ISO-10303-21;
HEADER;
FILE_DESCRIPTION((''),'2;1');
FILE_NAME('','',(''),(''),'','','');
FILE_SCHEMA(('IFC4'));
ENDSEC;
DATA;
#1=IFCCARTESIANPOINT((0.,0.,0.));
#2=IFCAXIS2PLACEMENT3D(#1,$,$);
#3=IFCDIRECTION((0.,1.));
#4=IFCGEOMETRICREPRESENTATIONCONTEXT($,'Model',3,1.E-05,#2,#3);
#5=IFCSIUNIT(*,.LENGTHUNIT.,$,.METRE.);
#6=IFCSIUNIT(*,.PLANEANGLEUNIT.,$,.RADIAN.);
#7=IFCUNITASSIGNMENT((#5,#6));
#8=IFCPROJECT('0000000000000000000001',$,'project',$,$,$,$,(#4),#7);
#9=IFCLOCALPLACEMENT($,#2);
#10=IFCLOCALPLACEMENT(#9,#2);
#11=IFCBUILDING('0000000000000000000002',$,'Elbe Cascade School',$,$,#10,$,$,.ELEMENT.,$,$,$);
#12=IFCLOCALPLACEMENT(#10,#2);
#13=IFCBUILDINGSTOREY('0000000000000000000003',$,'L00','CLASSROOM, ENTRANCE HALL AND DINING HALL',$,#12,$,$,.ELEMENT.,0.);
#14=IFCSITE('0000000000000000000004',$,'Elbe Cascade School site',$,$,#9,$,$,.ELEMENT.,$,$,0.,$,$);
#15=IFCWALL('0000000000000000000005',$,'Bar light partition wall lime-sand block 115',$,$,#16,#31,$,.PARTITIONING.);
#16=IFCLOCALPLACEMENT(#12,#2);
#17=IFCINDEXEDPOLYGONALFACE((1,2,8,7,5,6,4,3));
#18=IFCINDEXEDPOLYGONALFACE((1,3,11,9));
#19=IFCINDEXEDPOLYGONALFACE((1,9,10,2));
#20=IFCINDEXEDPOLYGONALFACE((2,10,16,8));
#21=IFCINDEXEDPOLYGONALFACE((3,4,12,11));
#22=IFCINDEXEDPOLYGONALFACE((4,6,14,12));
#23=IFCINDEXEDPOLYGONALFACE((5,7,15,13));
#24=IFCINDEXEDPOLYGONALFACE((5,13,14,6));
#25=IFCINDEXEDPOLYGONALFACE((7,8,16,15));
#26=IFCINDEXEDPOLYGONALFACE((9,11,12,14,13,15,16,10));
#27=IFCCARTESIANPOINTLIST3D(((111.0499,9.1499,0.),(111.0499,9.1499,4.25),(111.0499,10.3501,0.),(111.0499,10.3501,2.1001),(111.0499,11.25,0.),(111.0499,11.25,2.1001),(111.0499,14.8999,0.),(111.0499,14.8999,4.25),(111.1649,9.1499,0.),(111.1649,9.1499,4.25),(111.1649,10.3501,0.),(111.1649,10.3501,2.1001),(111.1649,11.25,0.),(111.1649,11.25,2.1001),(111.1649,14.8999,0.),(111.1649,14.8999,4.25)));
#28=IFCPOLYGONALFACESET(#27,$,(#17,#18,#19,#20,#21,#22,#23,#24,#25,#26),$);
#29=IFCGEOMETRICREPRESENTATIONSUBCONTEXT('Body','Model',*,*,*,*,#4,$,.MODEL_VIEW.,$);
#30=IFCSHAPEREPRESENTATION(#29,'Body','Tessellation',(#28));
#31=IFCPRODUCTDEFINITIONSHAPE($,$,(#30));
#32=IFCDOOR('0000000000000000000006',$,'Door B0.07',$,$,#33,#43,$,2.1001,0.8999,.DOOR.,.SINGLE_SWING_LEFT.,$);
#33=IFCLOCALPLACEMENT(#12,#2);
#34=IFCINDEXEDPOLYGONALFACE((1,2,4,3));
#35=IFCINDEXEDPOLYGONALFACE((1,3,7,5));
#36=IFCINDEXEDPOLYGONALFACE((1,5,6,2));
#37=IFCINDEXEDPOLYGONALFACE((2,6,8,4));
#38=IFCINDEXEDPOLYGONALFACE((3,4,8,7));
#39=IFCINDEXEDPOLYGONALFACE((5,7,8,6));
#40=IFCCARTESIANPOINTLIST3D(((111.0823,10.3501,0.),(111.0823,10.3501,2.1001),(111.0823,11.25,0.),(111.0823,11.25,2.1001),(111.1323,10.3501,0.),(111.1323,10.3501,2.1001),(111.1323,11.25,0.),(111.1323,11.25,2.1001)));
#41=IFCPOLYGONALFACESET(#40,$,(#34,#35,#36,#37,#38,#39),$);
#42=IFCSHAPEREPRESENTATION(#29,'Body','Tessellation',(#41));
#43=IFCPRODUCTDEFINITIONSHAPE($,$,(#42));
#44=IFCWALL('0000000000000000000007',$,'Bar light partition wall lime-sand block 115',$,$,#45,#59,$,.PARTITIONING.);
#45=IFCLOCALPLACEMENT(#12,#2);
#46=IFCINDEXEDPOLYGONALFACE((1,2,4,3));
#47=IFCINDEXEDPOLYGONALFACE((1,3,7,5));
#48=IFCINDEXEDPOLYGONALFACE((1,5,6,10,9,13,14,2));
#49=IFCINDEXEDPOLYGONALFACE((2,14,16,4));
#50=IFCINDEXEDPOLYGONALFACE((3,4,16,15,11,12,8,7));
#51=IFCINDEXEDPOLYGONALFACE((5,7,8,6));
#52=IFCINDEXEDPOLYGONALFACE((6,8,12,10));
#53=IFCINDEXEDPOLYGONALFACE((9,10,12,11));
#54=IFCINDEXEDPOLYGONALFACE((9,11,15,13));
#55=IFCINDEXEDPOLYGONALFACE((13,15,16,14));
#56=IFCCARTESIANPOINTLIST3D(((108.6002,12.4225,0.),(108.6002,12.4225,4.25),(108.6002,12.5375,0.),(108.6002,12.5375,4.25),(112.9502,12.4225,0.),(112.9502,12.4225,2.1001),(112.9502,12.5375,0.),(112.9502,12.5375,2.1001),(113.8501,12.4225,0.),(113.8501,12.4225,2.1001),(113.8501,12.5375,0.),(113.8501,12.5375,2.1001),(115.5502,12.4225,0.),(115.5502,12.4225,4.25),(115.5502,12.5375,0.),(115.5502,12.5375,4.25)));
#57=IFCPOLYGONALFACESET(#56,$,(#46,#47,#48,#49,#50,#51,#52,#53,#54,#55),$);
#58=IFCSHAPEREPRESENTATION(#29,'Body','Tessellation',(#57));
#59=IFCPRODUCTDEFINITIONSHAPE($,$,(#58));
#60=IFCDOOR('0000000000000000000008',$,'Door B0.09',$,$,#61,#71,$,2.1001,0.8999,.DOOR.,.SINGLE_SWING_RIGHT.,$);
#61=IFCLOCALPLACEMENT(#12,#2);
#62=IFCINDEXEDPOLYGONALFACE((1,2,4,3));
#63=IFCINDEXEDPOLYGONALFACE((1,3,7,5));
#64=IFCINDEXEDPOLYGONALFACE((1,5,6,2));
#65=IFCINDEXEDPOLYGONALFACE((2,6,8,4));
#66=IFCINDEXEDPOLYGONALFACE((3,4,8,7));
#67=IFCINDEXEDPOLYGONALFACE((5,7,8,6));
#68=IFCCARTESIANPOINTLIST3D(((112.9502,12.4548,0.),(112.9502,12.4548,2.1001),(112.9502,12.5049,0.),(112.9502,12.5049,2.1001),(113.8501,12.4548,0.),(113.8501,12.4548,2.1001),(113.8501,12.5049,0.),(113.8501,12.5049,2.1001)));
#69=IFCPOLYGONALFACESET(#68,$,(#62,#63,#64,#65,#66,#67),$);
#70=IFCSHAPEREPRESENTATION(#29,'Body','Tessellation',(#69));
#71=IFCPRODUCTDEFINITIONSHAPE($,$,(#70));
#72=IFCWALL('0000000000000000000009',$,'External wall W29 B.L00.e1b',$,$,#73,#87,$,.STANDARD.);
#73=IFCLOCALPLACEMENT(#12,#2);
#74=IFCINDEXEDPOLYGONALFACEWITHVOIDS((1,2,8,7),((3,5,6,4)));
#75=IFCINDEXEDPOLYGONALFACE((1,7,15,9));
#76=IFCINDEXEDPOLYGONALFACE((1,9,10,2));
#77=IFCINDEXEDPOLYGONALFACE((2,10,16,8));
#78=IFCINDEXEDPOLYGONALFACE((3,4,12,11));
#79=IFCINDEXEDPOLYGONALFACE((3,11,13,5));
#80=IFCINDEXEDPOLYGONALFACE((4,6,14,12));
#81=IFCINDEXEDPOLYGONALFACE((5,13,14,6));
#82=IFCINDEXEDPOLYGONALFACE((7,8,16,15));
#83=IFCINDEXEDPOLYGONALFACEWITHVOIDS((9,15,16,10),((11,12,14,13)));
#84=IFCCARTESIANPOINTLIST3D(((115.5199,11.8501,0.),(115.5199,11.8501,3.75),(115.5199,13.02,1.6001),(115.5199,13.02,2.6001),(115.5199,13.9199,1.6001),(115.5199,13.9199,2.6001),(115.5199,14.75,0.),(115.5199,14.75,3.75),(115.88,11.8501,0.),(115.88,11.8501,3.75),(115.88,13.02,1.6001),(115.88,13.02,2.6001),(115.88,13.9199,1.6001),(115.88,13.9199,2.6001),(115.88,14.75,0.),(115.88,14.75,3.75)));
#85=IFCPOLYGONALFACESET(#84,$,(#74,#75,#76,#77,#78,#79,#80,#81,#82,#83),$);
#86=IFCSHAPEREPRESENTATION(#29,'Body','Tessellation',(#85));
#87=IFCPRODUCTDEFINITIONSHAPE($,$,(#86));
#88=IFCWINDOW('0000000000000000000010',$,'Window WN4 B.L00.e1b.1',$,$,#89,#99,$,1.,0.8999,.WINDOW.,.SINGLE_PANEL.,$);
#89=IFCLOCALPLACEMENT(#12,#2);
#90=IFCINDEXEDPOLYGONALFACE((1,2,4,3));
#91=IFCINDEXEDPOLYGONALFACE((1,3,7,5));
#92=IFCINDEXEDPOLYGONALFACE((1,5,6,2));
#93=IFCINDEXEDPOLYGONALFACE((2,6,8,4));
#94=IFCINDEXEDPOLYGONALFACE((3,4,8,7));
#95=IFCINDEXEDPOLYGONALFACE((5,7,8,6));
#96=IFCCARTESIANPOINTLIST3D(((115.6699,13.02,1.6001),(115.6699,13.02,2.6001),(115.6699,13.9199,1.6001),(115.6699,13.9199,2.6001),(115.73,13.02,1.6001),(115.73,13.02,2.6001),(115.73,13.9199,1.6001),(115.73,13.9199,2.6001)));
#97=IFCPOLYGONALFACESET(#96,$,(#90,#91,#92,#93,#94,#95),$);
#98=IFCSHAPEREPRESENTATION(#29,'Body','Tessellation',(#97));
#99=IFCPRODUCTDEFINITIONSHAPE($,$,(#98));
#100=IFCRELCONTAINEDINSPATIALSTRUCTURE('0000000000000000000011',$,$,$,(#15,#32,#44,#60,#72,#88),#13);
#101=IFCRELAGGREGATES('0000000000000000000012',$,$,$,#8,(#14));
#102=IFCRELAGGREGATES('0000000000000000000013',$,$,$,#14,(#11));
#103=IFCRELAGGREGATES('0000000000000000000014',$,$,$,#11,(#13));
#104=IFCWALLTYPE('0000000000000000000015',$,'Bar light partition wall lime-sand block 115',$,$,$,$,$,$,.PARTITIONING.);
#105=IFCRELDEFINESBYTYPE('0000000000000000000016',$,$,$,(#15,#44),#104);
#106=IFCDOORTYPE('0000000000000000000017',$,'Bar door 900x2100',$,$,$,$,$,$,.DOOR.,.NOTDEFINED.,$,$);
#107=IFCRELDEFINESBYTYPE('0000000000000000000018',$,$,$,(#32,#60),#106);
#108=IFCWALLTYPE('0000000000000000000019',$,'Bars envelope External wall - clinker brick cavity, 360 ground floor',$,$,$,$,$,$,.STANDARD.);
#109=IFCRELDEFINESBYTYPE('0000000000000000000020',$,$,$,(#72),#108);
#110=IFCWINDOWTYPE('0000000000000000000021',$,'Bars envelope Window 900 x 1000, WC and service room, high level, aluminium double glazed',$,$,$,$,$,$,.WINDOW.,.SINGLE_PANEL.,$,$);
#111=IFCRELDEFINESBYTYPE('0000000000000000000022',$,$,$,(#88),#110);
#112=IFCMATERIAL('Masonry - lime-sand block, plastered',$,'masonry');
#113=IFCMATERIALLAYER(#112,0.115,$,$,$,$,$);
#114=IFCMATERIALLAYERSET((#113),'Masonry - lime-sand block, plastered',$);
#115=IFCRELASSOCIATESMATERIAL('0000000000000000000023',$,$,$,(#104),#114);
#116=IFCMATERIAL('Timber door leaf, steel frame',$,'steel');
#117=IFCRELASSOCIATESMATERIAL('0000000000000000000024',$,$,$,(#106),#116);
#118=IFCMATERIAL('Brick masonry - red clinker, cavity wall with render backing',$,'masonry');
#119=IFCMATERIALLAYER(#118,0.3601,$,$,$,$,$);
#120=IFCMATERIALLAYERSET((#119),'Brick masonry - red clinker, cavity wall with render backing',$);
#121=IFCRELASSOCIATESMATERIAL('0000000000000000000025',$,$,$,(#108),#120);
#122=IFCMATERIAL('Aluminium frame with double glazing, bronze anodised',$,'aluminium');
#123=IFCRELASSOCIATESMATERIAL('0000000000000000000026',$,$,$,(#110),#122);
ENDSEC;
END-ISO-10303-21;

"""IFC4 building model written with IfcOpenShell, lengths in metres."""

from ifc_helpers import new_model, si_unit, direction, frame, frame_2d, origin, place, context, subcontext, project, spatial, rectangle, extrude, material, layer, layer_set, type_object, element, fill, save


model = new_model("IFC4")

# Units and contexts
model_context = context("Model", 3, precision=1e-05, world=origin(), true_north=direction((0.0, 1.0)))
body_context = subcontext(model_context, "Body", "Model", "MODEL_VIEW")
ifc_project = project(units=[si_unit("LENGTHUNIT", "METRE"), si_unit("PLANEANGLEUNIT", "RADIAN")], contexts=[model_context])

# Site, building, storey
site_placement = place(None, origin())
site = spatial("IfcSite", under=ifc_project, at=site_placement, Name="Elbe Cascade School site", CompositionType="ELEMENT", RefElevation=0.0)
building_placement = place(site_placement, origin())
building = spatial("IfcBuilding", under=site, at=building_placement, Name="Elbe Cascade School", CompositionType="ELEMENT")
storey_placement = place(building_placement, origin())
storey = spatial("IfcBuildingStorey", under=building, at=storey_placement, Name="L00", Description="CLASSROOM, ENTRANCE HALL AND DINING HALL", CompositionType="ELEMENT", Elevation=0.0)

# Walls, openings, doors
ifc_material_1 = material(Name="Masonry - lime-sand block, plastered", Category="masonry")
ifc_layer_1 = layer(ifc_material_1, 0.115)
ifc_layer_set_1 = layer_set([ifc_layer_1], Name="Masonry - lime-sand block, plastered")
wall_type_1 = type_object("IfcWallType", Name="Bar light partition wall lime-sand block 115", PredefinedType="PARTITIONING", material=ifc_layer_set_1)
wall_1_placement = place(storey_placement, frame((111.1074, 14.8999, 0.0), z_axis=(0.0, 0.0, 1.0), x_axis=(0.0, -1.0, 0.0)))
wall_1 = element("IfcWall", 1, at=wall_1_placement, inside=storey, type_object=wall_type_1, Name="Bar light partition wall lime-sand block 115", PredefinedType="PARTITIONING", context=body_context, shape_type="SweptSolid", body=[
    extrude(rectangle(XDim=5.75, YDim=0.115, at=frame_2d((2.875, 0.0))), origin(), (0.0, 0.0, 1.0), 4.25),
])
opening_1_placement = place(wall_1_placement, frame((3.6499, 0.0, 0.0)))
opening_1 = element("IfcOpeningElement", 2, at=opening_1_placement, cuts=wall_1, PredefinedType="OPENING", context=body_context, shape_type="SweptSolid", body=[
    extrude(rectangle(XDim=0.8999, YDim=2.1001, at=frame_2d((0.45, 1.05))), frame((0.0, 0.0674, 0.0), z_axis=(0.0, -1.0, 0.0), x_axis=(1.0, 0.0, 0.0)), (0.0, 0.0, 1.0), 0.135),
])
ifc_material_2 = material(Name="Timber door leaf, steel frame", Category="steel")
door_type_1 = type_object("IfcDoorType", Name="Bar door 900x2100", OperationType="NOTDEFINED", PredefinedType="DOOR", material=ifc_material_2)
door_1_placement = place(opening_1_placement, origin())
door_1 = element("IfcDoor", 3, at=door_1_placement, inside=storey, type_object=door_type_1, Name="Door B0.07", OperationType="SINGLE_SWING_LEFT", OverallHeight=2.1001, OverallWidth=0.8999, PredefinedType="DOOR", context=body_context, shape_type="SweptSolid", body=[
    extrude(rectangle(XDim=0.8999, YDim=2.1001, at=frame_2d((0.45, 1.05))), frame((0.0, 0.0249, 0.0), z_axis=(0.0, -1.0, 0.0), x_axis=(1.0, 0.0, 0.0)), (0.0, 0.0, 1.0), 0.05),
])
fill(opening_1, door_1)
wall_2_placement = place(storey_placement, frame((108.6001, 12.48, 0.0), z_axis=(0.0, 0.0, 1.0), x_axis=(1.0, 0.0, 0.0)))
wall_2 = element("IfcWall", 4, at=wall_2_placement, inside=storey, type_object=wall_type_1, Name="Bar light partition wall lime-sand block 115", PredefinedType="PARTITIONING", context=body_context, shape_type="SweptSolid", body=[
    extrude(rectangle(XDim=6.95, YDim=0.115, at=frame_2d((3.4751, 0.0))), origin(), (0.0, 0.0, 1.0), 4.25),
])
opening_2_placement = place(wall_2_placement, frame((4.3501, 0.0, 0.0)))
opening_2 = element("IfcOpeningElement", 5, at=opening_2_placement, cuts=wall_2, PredefinedType="OPENING", context=body_context, shape_type="SweptSolid", body=[
    extrude(rectangle(XDim=0.8999, YDim=2.1001, at=frame_2d((0.45, 1.05))), frame((0.0, 0.0674, 0.0), z_axis=(0.0, -1.0, 0.0), x_axis=(1.0, 0.0, 0.0)), (0.0, 0.0, 1.0), 0.135),
])
door_2_placement = place(opening_2_placement, origin())
door_2 = element("IfcDoor", 6, at=door_2_placement, inside=storey, type_object=door_type_1, Name="Door B0.09", OperationType="SINGLE_SWING_RIGHT", OverallHeight=2.1001, OverallWidth=0.8999, PredefinedType="DOOR", context=body_context, shape_type="SweptSolid", body=[
    extrude(rectangle(XDim=0.8999, YDim=2.1001, at=frame_2d((0.45, 1.05))), frame((0.0, 0.0249, 0.0), z_axis=(0.0, -1.0, 0.0), x_axis=(1.0, 0.0, 0.0)), (0.0, 0.0, 1.0), 0.05),
])
fill(opening_2, door_2)

# Wall, opening, window
ifc_material_3 = material(Name="Brick masonry - red clinker, cavity wall with render backing", Category="masonry")
ifc_layer_2 = layer(ifc_material_3, 0.3601)
ifc_layer_set_2 = layer_set([ifc_layer_2], Name="Brick masonry - red clinker, cavity wall with render backing")
wall_type_2 = type_object("IfcWallType", Name="Bars envelope External wall - clinker brick cavity, 360 ground floor", PredefinedType="STANDARD", material=ifc_layer_set_2)
wall_3_placement = place(storey_placement, frame((115.7, 14.75, 0.0), z_axis=(0.0, 0.0, 1.0), x_axis=(0.0, -1.0, 0.0)))
wall_3 = element("IfcWall", 7, at=wall_3_placement, inside=storey, type_object=wall_type_2, Name="External wall W29 B.L00.e1b", PredefinedType="STANDARD", context=body_context, shape_type="SweptSolid", body=[
    extrude(rectangle(XDim=2.8999, YDim=0.3601, at=frame_2d((1.45, 0.0))), origin(), (0.0, 0.0, 1.0), 3.75),
])
opening_3_placement = place(wall_3_placement, frame((0.8301, 0.0, 1.6001)))
opening_3 = element("IfcOpeningElement", 8, at=opening_3_placement, cuts=wall_3, PredefinedType="OPENING", context=body_context, shape_type="SweptSolid", body=[
    extrude(rectangle(XDim=0.8999, YDim=1.0, at=frame_2d((0.45, 0.5))), frame((0.0, 0.1899, 0.0), z_axis=(0.0, -1.0, 0.0), x_axis=(1.0, 0.0, 0.0)), (0.0, 0.0, 1.0), 0.3801),
])
ifc_material_4 = material(Name="Aluminium frame with double glazing, bronze anodised", Category="aluminium")
window_type = type_object("IfcWindowType", Name="Bars envelope Window 900 x 1000, WC and service room, high level, aluminium double glazed", PartitioningType="SINGLE_PANEL", PredefinedType="WINDOW", material=ifc_material_4)
window_placement = place(opening_3_placement, origin())
window = element("IfcWindow", 9, at=window_placement, inside=storey, type_object=window_type, Name="Window WN4 B.L00.e1b.1", OverallHeight=1.0, OverallWidth=0.8999, PartitioningType="SINGLE_PANEL", PredefinedType="WINDOW", context=body_context, shape_type="SweptSolid", body=[
    extrude(rectangle(XDim=0.8999, YDim=1.0, at=frame_2d((0.45, 0.5))), frame((0.0, 0.03, 0.0), z_axis=(0.0, -1.0, 0.0), x_axis=(1.0, 0.0, 0.0)), (0.0, 0.0, 1.0), 0.0601),
])
fill(opening_3, window)

save(model, "model.ifc")
